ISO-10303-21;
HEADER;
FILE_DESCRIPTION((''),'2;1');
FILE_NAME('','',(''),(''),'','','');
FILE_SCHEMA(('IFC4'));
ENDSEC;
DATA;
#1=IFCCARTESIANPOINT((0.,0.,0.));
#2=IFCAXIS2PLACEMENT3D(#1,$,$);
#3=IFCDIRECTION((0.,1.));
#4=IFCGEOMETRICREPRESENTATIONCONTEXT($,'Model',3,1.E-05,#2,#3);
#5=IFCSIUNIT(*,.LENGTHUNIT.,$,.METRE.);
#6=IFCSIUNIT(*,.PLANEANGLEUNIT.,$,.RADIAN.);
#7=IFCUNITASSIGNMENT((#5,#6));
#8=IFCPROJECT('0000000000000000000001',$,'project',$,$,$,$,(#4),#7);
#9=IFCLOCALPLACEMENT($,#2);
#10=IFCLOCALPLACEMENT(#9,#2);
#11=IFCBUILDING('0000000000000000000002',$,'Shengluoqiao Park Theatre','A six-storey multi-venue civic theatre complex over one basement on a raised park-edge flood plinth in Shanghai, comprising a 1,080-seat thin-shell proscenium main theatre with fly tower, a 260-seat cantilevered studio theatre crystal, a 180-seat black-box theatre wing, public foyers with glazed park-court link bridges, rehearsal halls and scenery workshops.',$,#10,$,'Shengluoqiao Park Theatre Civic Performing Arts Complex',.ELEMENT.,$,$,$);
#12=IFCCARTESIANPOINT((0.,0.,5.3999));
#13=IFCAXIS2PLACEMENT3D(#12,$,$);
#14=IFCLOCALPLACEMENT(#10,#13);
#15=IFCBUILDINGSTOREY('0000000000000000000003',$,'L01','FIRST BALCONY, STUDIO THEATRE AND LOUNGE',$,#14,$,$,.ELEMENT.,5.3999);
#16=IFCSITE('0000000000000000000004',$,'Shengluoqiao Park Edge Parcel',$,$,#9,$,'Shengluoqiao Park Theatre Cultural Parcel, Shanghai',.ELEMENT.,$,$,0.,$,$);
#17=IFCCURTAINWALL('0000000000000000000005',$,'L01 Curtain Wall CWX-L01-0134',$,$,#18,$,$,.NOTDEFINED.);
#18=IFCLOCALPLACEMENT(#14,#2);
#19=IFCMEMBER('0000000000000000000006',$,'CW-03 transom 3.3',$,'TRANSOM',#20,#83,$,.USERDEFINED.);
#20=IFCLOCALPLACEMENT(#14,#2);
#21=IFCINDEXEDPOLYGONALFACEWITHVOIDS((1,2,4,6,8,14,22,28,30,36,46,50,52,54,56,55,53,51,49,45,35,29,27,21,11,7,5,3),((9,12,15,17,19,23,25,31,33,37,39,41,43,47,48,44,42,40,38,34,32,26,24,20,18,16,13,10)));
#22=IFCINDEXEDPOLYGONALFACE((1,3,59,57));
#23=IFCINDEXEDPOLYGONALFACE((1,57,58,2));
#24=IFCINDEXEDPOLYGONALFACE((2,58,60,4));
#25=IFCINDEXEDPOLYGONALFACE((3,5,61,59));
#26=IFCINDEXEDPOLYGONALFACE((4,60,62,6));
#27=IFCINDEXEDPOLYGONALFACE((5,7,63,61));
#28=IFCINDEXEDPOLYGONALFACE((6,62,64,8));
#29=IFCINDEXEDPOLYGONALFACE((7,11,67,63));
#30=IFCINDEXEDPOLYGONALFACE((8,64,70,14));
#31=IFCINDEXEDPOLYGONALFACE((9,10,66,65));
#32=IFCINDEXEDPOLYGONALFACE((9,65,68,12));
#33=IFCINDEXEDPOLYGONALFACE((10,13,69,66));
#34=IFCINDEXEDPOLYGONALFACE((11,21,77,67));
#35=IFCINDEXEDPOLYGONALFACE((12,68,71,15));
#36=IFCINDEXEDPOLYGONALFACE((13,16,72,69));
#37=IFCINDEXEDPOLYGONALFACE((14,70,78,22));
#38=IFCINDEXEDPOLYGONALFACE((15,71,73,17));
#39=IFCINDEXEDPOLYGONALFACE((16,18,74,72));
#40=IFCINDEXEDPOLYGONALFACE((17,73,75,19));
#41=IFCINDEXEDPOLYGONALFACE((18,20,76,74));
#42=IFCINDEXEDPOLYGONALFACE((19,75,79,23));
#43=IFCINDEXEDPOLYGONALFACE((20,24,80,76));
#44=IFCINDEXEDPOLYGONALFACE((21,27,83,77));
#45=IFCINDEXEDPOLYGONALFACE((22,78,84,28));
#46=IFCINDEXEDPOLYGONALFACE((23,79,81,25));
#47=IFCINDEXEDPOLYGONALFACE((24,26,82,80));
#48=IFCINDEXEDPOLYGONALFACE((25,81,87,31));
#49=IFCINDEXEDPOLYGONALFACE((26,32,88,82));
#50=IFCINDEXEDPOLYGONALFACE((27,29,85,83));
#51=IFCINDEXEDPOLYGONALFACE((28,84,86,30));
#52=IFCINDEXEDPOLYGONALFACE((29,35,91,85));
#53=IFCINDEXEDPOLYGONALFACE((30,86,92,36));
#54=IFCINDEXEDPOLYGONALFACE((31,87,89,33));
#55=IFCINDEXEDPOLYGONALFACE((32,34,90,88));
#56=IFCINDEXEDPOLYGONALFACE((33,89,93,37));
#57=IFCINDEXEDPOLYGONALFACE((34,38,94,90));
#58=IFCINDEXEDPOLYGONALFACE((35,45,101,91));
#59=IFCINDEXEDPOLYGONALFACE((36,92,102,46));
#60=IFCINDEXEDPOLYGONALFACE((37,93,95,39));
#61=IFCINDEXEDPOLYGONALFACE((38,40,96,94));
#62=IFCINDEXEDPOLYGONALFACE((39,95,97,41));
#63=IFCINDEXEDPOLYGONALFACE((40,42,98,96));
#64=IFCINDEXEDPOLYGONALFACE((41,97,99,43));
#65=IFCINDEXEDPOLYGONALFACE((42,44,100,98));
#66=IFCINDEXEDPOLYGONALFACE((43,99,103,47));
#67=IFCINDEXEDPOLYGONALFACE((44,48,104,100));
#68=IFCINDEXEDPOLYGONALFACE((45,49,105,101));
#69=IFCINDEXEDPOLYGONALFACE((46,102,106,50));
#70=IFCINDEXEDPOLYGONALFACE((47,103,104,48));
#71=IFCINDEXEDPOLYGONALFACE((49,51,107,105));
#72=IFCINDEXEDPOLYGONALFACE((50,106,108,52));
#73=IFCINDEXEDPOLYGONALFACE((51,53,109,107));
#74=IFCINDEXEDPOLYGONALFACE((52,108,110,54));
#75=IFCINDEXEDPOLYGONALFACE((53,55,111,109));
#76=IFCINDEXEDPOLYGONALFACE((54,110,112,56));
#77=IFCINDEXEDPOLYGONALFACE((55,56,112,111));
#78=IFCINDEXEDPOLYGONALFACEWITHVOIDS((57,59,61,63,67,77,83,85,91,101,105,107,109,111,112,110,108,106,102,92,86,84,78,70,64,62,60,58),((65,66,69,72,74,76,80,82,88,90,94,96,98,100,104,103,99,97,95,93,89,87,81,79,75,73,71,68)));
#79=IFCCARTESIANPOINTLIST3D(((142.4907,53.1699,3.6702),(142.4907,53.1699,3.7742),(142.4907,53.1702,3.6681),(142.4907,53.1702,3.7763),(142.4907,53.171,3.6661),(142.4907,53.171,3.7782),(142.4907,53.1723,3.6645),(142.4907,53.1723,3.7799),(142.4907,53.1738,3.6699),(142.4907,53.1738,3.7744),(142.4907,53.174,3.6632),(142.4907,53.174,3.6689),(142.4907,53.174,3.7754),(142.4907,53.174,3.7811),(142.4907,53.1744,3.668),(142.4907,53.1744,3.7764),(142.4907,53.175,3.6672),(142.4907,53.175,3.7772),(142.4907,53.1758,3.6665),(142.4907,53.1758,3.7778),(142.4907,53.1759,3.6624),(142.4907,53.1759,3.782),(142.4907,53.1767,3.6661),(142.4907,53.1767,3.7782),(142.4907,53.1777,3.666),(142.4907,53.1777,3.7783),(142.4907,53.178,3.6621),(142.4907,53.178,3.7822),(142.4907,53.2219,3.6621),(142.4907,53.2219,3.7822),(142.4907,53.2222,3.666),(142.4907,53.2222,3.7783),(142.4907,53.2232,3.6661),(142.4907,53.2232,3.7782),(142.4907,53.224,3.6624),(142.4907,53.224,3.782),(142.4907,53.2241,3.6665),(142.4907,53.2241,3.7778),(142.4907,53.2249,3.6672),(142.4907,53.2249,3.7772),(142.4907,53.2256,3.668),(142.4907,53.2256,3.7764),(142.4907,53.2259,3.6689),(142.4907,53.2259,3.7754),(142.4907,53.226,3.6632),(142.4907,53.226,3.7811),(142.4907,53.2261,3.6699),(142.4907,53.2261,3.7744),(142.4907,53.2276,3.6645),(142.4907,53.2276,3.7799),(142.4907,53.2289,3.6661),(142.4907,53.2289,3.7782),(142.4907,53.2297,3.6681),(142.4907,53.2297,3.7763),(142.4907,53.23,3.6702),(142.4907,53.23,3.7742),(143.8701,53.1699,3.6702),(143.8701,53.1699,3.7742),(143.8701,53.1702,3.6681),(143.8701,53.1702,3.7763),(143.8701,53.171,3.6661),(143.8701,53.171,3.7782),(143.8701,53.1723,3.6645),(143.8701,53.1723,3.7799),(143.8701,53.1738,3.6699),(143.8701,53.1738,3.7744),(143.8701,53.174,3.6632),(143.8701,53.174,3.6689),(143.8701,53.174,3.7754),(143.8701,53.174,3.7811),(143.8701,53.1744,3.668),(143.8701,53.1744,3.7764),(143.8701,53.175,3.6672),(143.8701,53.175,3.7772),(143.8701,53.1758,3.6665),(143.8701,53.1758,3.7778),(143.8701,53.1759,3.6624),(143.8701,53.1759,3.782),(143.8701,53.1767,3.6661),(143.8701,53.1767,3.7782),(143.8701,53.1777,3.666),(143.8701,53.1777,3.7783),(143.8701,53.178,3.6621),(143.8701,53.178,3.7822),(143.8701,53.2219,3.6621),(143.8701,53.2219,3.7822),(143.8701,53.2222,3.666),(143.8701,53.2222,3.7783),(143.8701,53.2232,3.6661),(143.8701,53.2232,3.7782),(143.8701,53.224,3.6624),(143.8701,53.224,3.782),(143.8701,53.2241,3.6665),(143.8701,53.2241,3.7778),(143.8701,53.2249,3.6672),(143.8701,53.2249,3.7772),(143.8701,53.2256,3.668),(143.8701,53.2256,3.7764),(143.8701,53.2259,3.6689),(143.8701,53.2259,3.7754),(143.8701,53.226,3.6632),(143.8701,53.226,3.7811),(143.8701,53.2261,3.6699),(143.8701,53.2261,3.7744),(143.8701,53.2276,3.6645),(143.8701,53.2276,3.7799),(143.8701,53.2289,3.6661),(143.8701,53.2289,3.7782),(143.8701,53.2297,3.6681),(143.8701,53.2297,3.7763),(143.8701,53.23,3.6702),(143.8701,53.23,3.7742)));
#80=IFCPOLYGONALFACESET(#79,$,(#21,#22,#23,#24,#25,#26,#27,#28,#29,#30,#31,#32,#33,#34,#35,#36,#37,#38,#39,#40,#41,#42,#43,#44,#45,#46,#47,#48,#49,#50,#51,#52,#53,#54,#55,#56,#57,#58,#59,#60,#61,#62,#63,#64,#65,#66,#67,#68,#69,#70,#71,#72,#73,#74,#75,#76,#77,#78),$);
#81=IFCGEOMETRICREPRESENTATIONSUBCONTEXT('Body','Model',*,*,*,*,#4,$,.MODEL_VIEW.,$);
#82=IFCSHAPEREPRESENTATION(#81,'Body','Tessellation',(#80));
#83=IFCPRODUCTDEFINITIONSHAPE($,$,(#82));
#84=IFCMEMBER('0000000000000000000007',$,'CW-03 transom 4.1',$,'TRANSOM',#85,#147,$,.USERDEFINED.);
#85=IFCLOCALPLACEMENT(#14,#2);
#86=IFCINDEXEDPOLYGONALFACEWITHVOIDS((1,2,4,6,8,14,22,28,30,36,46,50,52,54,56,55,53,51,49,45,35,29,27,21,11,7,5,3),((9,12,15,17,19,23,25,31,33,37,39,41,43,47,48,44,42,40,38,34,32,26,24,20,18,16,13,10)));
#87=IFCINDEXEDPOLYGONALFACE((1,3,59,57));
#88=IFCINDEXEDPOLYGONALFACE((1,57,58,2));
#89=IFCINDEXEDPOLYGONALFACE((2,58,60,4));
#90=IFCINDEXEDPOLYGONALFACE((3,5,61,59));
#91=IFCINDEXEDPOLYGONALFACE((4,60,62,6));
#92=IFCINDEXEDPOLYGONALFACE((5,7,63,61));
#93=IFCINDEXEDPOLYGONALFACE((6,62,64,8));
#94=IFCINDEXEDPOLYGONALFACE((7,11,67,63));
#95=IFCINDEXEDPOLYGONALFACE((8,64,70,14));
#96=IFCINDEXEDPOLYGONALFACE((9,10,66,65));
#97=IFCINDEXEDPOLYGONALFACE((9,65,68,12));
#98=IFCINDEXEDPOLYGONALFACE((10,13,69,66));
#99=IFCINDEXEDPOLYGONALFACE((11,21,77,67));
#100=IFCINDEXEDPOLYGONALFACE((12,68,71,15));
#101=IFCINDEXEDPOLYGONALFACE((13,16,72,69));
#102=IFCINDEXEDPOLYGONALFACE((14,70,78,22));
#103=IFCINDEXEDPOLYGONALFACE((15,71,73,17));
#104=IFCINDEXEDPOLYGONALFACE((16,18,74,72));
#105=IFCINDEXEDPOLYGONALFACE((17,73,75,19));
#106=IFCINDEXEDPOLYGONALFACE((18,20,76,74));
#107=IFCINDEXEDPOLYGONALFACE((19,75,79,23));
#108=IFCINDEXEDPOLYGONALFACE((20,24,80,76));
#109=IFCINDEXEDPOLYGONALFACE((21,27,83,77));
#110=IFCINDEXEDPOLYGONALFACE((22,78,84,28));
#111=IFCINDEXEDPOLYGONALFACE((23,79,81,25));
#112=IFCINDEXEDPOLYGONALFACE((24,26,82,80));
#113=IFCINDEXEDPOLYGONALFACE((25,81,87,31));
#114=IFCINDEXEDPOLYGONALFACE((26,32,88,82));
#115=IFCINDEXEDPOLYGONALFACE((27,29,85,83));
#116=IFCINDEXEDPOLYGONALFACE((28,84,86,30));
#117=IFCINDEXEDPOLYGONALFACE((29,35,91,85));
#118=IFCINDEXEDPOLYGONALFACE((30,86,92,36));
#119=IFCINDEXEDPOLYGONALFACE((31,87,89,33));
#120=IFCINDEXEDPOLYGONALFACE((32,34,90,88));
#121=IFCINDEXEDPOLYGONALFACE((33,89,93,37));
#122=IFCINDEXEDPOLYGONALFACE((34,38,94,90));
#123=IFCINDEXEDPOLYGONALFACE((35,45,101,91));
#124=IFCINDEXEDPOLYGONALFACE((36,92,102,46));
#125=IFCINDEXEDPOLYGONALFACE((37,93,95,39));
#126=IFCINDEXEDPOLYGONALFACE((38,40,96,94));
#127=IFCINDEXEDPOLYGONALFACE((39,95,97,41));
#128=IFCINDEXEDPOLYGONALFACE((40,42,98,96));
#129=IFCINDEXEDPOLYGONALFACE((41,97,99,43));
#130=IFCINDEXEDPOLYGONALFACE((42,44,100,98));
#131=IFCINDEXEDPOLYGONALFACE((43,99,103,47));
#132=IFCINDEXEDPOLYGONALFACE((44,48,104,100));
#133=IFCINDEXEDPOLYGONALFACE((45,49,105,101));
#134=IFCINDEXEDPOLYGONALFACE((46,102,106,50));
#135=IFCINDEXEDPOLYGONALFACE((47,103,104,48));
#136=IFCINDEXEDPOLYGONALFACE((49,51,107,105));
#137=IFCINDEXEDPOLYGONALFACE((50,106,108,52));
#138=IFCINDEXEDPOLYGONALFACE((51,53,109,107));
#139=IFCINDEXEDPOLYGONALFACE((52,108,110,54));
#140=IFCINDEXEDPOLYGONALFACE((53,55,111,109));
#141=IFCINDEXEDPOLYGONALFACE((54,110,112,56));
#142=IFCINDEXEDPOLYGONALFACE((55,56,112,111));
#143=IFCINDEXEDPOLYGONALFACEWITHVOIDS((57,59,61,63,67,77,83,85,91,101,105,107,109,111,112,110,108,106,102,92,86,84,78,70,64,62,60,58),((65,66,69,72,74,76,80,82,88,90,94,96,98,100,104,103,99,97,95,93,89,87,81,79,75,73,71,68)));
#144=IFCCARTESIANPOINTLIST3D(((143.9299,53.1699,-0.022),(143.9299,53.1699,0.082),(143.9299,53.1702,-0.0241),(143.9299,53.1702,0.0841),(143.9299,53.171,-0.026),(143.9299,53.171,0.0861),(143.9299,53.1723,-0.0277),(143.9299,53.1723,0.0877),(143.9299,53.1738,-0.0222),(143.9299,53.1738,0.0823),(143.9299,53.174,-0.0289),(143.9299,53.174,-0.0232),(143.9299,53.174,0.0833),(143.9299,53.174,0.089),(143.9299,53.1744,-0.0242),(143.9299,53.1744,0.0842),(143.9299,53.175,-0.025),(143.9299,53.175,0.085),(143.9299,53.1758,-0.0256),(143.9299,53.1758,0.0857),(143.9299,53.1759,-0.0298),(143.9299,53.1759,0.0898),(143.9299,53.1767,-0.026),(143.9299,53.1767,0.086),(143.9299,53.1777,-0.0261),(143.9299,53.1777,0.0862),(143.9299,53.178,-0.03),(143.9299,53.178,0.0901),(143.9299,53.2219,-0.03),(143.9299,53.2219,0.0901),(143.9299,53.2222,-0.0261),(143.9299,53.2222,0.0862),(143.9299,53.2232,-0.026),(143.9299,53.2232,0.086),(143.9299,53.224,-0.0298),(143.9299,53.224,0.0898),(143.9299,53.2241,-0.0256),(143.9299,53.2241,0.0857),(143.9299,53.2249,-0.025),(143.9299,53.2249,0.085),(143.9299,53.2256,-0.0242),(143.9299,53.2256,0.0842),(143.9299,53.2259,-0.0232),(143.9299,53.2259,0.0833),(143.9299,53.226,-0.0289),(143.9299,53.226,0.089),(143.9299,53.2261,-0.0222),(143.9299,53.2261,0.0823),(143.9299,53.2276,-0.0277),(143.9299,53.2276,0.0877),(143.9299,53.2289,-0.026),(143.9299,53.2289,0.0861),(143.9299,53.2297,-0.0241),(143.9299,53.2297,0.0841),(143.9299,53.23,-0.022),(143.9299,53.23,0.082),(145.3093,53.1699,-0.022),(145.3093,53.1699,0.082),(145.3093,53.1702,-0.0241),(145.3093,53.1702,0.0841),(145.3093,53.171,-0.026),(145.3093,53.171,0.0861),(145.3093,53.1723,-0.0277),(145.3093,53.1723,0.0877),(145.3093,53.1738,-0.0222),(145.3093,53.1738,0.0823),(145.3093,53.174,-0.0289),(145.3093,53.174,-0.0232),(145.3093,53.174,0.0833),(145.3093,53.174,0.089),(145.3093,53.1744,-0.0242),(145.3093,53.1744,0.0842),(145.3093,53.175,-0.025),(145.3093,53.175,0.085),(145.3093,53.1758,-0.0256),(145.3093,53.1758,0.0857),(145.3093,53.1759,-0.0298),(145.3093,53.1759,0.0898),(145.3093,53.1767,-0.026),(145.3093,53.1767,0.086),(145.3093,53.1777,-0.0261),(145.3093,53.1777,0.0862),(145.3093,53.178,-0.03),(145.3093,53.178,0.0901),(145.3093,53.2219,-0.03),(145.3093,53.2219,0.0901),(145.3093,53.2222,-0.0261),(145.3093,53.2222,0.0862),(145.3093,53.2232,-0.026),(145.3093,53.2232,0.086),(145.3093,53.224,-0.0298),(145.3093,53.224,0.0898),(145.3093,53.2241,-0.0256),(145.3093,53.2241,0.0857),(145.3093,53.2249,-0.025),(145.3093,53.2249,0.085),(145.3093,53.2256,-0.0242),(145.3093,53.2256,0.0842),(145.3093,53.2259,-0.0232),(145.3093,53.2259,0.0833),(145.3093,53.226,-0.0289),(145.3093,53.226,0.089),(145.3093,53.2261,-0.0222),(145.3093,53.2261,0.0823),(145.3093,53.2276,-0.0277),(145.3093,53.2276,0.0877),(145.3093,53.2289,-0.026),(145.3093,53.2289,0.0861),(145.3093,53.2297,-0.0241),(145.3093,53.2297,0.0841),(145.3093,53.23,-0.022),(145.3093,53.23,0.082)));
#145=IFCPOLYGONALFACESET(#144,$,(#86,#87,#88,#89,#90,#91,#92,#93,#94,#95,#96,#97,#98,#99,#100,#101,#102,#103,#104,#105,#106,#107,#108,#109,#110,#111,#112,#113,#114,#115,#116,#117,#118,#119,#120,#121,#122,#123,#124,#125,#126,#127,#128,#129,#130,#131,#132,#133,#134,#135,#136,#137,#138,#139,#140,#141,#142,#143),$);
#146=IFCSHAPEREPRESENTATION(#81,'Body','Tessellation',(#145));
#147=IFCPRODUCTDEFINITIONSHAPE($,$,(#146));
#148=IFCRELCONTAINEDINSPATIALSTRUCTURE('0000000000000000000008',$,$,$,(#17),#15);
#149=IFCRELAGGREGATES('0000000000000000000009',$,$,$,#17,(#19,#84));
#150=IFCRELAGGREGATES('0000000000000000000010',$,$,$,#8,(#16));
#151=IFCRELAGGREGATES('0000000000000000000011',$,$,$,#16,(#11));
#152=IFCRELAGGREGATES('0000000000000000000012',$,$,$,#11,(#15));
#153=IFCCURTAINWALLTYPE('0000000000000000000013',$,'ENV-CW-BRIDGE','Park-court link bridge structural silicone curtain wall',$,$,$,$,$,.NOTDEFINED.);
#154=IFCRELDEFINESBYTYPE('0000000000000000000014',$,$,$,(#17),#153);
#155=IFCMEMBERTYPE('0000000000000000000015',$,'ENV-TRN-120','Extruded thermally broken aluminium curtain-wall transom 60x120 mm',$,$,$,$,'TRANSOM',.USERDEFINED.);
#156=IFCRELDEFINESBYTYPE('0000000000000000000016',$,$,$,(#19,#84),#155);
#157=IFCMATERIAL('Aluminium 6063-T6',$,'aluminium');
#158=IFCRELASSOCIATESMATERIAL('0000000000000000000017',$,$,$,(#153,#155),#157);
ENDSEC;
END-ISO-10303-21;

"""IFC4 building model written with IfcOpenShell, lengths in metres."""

from ifc_helpers import new_model, si_unit, direction, frame, origin, origin_2d, place, context, subcontext, project, spatial, hollow_rectangle, extrude, material, material_profile, profile_set, type_object, element, aggregate, save


model = new_model("IFC4")

# Units and contexts
model_context = context("Model", 3, precision=1e-05, world=origin(), true_north=direction((0.0, 1.0)))
body_context = subcontext(model_context, "Body", "Model", "MODEL_VIEW")
ifc_project = project(units=[si_unit("LENGTHUNIT", "METRE"), si_unit("PLANEANGLEUNIT", "RADIAN")], contexts=[model_context])

# Site, building, storey
site_placement = place(None, origin())
site = spatial("IfcSite", under=ifc_project, at=site_placement, Name="Shengluoqiao Park Edge Parcel", LongName="Shengluoqiao Park Theatre Cultural Parcel, Shanghai", CompositionType="ELEMENT", RefElevation=0.0)
building_placement = place(site_placement, origin())
building = spatial("IfcBuilding", under=site, at=building_placement, Name="Shengluoqiao Park Theatre", Description="A six-storey multi-venue civic theatre complex over one basement on a raised park-edge flood plinth in Shanghai, comprising a 1,080-seat thin-shell proscenium main theatre with fly tower, a 260-seat cantilevered studio theatre crystal, a 180-seat black-box theatre wing, public foyers with glazed park-court link bridges, rehearsal halls and scenery workshops.", LongName="Shengluoqiao Park Theatre Civic Performing Arts Complex", CompositionType="ELEMENT")
storey_placement = place(building_placement, frame((0.0, 0.0, 5.3999)))
storey = spatial("IfcBuildingStorey", under=building, at=storey_placement, Name="L01", Description="FIRST BALCONY, STUDIO THEATRE AND LOUNGE", CompositionType="ELEMENT", Elevation=5.3999)

# Curtain wall
ifc_material_1 = material(Name="Aluminium 6063-T6", Category="aluminium")
curtain_wall_type = type_object("IfcCurtainWallType", Name="ENV-CW-BRIDGE", Description="Park-court link bridge structural silicone curtain wall", PredefinedType="NOTDEFINED", material=ifc_material_1)
curtain_wall_1_placement = place(storey_placement, origin())
curtain_wall_1 = element("IfcCurtainWall", 1, at=curtain_wall_1_placement, inside=storey, type_object=curtain_wall_type, Name="L01 Curtain Wall CWX-L01-0134", PredefinedType="NOTDEFINED")

# Members
ifc_material_profile_1 = material_profile(ifc_material_1, hollow_rectangle(XDim=0.0601, YDim=0.1201, WallThickness=0.0039, InnerFilletRadius=0.0039, OuterFilletRadius=0.0081, at=origin_2d()), Name="ALU TRANSOM 120x60x4")
ifc_profile_set_1 = profile_set([ifc_material_profile_1], Name="Aluminium 6063-T6")
member_type_1 = type_object("IfcMemberType", Name="ENV-TRN-120", Description="Extruded thermally broken aluminium curtain-wall transom 60x120 mm", ElementType="TRANSOM", PredefinedType="USERDEFINED", material=ifc_profile_set_1)
member_1_placement = place(storey_placement, frame((142.4907, 53.2, 3.7222), z_axis=(1.0, 0.0, 0.0), x_axis=(0.0, 1.0, 0.0)))
member_1 = element("IfcMember", 2, at=member_1_placement, type_object=member_type_1, Name="CW-03 transom 3.3", ObjectType="TRANSOM", PredefinedType="USERDEFINED", context=body_context, shape_type="SweptSolid", body=[
    extrude(hollow_rectangle(XDim=0.0601, YDim=0.1201, WallThickness=0.0039, InnerFilletRadius=0.0039, OuterFilletRadius=0.0081, at=origin_2d()), origin(), (0.0, 0.0, 1.0), 1.3794),
])
member_2_placement = place(storey_placement, frame((143.9299, 53.2, 0.03), z_axis=(1.0, 0.0, 0.0), x_axis=(0.0, 1.0, 0.0)))
member_2 = element("IfcMember", 3, at=member_2_placement, type_object=member_type_1, Name="CW-03 transom 4.1", ObjectType="TRANSOM", PredefinedType="USERDEFINED", context=body_context, shape_type="SweptSolid", body=[
    extrude(hollow_rectangle(XDim=0.0601, YDim=0.1201, WallThickness=0.0039, InnerFilletRadius=0.0039, OuterFilletRadius=0.0081, at=origin_2d()), origin(), (0.0, 0.0, 1.0), 1.3794),
])

aggregate(curtain_wall_1, [member_1, member_2])

save(model, "model.ifc")
